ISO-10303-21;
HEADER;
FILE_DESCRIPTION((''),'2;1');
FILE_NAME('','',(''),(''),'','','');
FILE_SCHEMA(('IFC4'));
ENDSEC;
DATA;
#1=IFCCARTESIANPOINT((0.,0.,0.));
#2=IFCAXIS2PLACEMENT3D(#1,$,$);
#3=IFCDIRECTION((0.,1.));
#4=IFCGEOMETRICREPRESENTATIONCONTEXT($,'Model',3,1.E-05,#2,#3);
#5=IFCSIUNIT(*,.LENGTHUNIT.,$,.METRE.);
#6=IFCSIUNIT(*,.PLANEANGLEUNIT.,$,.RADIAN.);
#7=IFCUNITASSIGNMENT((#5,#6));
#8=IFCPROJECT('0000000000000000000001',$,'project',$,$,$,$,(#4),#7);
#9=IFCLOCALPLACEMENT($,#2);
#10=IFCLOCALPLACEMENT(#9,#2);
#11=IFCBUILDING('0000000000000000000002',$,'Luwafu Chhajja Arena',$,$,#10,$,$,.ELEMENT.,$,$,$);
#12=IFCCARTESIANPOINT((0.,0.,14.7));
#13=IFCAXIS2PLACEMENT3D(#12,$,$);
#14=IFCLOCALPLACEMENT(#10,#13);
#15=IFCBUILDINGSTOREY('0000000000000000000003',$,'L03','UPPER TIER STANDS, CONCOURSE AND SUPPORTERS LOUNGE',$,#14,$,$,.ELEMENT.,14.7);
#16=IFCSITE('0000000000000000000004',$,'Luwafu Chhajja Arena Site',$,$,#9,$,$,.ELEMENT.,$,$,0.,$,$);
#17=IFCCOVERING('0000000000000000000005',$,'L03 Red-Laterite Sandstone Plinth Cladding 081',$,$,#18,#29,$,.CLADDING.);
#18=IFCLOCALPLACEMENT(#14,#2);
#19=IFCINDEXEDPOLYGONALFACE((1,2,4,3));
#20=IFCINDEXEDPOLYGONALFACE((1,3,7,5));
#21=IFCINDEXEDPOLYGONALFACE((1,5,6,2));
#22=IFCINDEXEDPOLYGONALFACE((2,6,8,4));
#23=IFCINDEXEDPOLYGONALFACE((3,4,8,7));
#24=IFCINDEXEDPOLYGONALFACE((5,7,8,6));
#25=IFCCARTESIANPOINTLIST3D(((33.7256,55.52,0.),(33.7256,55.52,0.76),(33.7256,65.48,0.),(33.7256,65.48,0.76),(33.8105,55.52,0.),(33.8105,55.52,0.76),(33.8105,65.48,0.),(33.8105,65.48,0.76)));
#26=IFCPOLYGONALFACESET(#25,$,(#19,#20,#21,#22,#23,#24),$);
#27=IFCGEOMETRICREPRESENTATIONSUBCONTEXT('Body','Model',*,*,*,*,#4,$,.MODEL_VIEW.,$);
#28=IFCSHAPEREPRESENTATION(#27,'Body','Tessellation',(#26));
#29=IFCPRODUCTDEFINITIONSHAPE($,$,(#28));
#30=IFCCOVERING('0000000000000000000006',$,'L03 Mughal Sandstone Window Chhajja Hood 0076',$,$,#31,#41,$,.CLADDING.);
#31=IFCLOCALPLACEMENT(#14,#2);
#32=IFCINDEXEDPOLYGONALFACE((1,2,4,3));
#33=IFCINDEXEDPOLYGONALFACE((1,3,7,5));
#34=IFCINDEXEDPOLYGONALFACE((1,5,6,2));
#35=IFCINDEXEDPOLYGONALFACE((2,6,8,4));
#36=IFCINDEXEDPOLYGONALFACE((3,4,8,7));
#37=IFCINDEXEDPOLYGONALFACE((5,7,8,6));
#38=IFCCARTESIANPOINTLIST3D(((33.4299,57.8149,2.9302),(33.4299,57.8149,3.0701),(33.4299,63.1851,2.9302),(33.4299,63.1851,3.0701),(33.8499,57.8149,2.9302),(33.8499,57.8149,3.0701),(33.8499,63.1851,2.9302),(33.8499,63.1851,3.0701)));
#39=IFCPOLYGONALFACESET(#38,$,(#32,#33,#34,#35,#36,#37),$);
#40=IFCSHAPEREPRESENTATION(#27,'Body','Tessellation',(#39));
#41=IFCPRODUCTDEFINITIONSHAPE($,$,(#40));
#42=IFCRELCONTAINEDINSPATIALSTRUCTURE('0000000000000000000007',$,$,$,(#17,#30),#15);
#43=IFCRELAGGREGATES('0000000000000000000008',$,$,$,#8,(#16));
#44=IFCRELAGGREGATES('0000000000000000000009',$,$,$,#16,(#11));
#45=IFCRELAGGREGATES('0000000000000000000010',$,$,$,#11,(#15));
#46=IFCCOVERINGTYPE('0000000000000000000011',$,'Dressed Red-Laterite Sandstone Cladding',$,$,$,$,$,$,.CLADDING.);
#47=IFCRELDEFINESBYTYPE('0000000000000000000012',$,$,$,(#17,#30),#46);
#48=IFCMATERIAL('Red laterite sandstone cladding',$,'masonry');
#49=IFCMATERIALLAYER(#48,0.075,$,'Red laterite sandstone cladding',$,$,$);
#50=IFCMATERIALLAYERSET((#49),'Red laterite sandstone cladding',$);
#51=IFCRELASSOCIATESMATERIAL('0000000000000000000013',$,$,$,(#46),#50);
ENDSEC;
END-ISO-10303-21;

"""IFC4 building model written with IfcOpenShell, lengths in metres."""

from ifc_helpers import new_model, si_unit, direction, frame, origin, origin_2d, place, context, subcontext, project, spatial, rectangle, extrude, material, layer, layer_set, type_object, element, save


model = new_model("IFC4")

# Units and contexts
model_context = context("Model", 3, precision=1e-05, world=origin(), true_north=direction((0.0, 1.0)))
body_context = subcontext(model_context, "Body", "Model", "MODEL_VIEW")
ifc_project = project(units=[si_unit("LENGTHUNIT", "METRE"), si_unit("PLANEANGLEUNIT", "RADIAN")], contexts=[model_context])

# Site, building, storey
site_placement = place(None, origin())
site = spatial("IfcSite", under=ifc_project, at=site_placement, Name="Luwafu Chhajja Arena Site", CompositionType="ELEMENT", RefElevation=0.0)
building_placement = place(site_placement, origin())
building = spatial("IfcBuilding", under=site, at=building_placement, Name="Luwafu Chhajja Arena", CompositionType="ELEMENT")
storey_placement = place(building_placement, frame((0.0, 0.0, 14.7)))
storey = spatial("IfcBuildingStorey", under=building, at=storey_placement, Name="L03", Description="UPPER TIER STANDS, CONCOURSE AND SUPPORTERS LOUNGE", CompositionType="ELEMENT", Elevation=14.7)

# Coverings
ifc_material_1 = material(Name="Red laterite sandstone cladding", Category="masonry")
ifc_layer_1 = layer(ifc_material_1, 0.075, Name="Red laterite sandstone cladding")
ifc_layer_set_1 = layer_set([ifc_layer_1], Name="Red laterite sandstone cladding")
covering_type = type_object("IfcCoveringType", Name="Dressed Red-Laterite Sandstone Cladding", PredefinedType="CLADDING", material=ifc_layer_set_1)
covering_1_placement = place(storey_placement, frame((33.7681, 60.5, 0.0), z_axis=(0.0, 0.0, 1.0), x_axis=(0.0, 1.0, 0.0)))
element("IfcCovering", 1, at=covering_1_placement, inside=storey, type_object=covering_type, Name="L03 Red-Laterite Sandstone Plinth Cladding 081", PredefinedType="CLADDING", context=body_context, shape_type="SweptSolid", body=[
    extrude(rectangle(XDim=9.96, YDim=0.085, at=origin_2d()), origin(), (0.0, 0.0, 1.0), 0.76),
])
covering_2_placement = place(storey_placement, frame((33.6399, 60.5, 2.9302), z_axis=(0.0, 0.0, 1.0), x_axis=(0.0, 1.0, 0.0)))
element("IfcCovering", 2, at=covering_2_placement, inside=storey, type_object=covering_type, Name="L03 Mughal Sandstone Window Chhajja Hood 0076", PredefinedType="CLADDING", context=body_context, shape_type="SweptSolid", body=[
    extrude(rectangle(XDim=5.3701, YDim=0.4199, at=origin_2d()), origin(), (0.0, 0.0, 1.0), 0.1399),
])

save(model, "model.ifc")
